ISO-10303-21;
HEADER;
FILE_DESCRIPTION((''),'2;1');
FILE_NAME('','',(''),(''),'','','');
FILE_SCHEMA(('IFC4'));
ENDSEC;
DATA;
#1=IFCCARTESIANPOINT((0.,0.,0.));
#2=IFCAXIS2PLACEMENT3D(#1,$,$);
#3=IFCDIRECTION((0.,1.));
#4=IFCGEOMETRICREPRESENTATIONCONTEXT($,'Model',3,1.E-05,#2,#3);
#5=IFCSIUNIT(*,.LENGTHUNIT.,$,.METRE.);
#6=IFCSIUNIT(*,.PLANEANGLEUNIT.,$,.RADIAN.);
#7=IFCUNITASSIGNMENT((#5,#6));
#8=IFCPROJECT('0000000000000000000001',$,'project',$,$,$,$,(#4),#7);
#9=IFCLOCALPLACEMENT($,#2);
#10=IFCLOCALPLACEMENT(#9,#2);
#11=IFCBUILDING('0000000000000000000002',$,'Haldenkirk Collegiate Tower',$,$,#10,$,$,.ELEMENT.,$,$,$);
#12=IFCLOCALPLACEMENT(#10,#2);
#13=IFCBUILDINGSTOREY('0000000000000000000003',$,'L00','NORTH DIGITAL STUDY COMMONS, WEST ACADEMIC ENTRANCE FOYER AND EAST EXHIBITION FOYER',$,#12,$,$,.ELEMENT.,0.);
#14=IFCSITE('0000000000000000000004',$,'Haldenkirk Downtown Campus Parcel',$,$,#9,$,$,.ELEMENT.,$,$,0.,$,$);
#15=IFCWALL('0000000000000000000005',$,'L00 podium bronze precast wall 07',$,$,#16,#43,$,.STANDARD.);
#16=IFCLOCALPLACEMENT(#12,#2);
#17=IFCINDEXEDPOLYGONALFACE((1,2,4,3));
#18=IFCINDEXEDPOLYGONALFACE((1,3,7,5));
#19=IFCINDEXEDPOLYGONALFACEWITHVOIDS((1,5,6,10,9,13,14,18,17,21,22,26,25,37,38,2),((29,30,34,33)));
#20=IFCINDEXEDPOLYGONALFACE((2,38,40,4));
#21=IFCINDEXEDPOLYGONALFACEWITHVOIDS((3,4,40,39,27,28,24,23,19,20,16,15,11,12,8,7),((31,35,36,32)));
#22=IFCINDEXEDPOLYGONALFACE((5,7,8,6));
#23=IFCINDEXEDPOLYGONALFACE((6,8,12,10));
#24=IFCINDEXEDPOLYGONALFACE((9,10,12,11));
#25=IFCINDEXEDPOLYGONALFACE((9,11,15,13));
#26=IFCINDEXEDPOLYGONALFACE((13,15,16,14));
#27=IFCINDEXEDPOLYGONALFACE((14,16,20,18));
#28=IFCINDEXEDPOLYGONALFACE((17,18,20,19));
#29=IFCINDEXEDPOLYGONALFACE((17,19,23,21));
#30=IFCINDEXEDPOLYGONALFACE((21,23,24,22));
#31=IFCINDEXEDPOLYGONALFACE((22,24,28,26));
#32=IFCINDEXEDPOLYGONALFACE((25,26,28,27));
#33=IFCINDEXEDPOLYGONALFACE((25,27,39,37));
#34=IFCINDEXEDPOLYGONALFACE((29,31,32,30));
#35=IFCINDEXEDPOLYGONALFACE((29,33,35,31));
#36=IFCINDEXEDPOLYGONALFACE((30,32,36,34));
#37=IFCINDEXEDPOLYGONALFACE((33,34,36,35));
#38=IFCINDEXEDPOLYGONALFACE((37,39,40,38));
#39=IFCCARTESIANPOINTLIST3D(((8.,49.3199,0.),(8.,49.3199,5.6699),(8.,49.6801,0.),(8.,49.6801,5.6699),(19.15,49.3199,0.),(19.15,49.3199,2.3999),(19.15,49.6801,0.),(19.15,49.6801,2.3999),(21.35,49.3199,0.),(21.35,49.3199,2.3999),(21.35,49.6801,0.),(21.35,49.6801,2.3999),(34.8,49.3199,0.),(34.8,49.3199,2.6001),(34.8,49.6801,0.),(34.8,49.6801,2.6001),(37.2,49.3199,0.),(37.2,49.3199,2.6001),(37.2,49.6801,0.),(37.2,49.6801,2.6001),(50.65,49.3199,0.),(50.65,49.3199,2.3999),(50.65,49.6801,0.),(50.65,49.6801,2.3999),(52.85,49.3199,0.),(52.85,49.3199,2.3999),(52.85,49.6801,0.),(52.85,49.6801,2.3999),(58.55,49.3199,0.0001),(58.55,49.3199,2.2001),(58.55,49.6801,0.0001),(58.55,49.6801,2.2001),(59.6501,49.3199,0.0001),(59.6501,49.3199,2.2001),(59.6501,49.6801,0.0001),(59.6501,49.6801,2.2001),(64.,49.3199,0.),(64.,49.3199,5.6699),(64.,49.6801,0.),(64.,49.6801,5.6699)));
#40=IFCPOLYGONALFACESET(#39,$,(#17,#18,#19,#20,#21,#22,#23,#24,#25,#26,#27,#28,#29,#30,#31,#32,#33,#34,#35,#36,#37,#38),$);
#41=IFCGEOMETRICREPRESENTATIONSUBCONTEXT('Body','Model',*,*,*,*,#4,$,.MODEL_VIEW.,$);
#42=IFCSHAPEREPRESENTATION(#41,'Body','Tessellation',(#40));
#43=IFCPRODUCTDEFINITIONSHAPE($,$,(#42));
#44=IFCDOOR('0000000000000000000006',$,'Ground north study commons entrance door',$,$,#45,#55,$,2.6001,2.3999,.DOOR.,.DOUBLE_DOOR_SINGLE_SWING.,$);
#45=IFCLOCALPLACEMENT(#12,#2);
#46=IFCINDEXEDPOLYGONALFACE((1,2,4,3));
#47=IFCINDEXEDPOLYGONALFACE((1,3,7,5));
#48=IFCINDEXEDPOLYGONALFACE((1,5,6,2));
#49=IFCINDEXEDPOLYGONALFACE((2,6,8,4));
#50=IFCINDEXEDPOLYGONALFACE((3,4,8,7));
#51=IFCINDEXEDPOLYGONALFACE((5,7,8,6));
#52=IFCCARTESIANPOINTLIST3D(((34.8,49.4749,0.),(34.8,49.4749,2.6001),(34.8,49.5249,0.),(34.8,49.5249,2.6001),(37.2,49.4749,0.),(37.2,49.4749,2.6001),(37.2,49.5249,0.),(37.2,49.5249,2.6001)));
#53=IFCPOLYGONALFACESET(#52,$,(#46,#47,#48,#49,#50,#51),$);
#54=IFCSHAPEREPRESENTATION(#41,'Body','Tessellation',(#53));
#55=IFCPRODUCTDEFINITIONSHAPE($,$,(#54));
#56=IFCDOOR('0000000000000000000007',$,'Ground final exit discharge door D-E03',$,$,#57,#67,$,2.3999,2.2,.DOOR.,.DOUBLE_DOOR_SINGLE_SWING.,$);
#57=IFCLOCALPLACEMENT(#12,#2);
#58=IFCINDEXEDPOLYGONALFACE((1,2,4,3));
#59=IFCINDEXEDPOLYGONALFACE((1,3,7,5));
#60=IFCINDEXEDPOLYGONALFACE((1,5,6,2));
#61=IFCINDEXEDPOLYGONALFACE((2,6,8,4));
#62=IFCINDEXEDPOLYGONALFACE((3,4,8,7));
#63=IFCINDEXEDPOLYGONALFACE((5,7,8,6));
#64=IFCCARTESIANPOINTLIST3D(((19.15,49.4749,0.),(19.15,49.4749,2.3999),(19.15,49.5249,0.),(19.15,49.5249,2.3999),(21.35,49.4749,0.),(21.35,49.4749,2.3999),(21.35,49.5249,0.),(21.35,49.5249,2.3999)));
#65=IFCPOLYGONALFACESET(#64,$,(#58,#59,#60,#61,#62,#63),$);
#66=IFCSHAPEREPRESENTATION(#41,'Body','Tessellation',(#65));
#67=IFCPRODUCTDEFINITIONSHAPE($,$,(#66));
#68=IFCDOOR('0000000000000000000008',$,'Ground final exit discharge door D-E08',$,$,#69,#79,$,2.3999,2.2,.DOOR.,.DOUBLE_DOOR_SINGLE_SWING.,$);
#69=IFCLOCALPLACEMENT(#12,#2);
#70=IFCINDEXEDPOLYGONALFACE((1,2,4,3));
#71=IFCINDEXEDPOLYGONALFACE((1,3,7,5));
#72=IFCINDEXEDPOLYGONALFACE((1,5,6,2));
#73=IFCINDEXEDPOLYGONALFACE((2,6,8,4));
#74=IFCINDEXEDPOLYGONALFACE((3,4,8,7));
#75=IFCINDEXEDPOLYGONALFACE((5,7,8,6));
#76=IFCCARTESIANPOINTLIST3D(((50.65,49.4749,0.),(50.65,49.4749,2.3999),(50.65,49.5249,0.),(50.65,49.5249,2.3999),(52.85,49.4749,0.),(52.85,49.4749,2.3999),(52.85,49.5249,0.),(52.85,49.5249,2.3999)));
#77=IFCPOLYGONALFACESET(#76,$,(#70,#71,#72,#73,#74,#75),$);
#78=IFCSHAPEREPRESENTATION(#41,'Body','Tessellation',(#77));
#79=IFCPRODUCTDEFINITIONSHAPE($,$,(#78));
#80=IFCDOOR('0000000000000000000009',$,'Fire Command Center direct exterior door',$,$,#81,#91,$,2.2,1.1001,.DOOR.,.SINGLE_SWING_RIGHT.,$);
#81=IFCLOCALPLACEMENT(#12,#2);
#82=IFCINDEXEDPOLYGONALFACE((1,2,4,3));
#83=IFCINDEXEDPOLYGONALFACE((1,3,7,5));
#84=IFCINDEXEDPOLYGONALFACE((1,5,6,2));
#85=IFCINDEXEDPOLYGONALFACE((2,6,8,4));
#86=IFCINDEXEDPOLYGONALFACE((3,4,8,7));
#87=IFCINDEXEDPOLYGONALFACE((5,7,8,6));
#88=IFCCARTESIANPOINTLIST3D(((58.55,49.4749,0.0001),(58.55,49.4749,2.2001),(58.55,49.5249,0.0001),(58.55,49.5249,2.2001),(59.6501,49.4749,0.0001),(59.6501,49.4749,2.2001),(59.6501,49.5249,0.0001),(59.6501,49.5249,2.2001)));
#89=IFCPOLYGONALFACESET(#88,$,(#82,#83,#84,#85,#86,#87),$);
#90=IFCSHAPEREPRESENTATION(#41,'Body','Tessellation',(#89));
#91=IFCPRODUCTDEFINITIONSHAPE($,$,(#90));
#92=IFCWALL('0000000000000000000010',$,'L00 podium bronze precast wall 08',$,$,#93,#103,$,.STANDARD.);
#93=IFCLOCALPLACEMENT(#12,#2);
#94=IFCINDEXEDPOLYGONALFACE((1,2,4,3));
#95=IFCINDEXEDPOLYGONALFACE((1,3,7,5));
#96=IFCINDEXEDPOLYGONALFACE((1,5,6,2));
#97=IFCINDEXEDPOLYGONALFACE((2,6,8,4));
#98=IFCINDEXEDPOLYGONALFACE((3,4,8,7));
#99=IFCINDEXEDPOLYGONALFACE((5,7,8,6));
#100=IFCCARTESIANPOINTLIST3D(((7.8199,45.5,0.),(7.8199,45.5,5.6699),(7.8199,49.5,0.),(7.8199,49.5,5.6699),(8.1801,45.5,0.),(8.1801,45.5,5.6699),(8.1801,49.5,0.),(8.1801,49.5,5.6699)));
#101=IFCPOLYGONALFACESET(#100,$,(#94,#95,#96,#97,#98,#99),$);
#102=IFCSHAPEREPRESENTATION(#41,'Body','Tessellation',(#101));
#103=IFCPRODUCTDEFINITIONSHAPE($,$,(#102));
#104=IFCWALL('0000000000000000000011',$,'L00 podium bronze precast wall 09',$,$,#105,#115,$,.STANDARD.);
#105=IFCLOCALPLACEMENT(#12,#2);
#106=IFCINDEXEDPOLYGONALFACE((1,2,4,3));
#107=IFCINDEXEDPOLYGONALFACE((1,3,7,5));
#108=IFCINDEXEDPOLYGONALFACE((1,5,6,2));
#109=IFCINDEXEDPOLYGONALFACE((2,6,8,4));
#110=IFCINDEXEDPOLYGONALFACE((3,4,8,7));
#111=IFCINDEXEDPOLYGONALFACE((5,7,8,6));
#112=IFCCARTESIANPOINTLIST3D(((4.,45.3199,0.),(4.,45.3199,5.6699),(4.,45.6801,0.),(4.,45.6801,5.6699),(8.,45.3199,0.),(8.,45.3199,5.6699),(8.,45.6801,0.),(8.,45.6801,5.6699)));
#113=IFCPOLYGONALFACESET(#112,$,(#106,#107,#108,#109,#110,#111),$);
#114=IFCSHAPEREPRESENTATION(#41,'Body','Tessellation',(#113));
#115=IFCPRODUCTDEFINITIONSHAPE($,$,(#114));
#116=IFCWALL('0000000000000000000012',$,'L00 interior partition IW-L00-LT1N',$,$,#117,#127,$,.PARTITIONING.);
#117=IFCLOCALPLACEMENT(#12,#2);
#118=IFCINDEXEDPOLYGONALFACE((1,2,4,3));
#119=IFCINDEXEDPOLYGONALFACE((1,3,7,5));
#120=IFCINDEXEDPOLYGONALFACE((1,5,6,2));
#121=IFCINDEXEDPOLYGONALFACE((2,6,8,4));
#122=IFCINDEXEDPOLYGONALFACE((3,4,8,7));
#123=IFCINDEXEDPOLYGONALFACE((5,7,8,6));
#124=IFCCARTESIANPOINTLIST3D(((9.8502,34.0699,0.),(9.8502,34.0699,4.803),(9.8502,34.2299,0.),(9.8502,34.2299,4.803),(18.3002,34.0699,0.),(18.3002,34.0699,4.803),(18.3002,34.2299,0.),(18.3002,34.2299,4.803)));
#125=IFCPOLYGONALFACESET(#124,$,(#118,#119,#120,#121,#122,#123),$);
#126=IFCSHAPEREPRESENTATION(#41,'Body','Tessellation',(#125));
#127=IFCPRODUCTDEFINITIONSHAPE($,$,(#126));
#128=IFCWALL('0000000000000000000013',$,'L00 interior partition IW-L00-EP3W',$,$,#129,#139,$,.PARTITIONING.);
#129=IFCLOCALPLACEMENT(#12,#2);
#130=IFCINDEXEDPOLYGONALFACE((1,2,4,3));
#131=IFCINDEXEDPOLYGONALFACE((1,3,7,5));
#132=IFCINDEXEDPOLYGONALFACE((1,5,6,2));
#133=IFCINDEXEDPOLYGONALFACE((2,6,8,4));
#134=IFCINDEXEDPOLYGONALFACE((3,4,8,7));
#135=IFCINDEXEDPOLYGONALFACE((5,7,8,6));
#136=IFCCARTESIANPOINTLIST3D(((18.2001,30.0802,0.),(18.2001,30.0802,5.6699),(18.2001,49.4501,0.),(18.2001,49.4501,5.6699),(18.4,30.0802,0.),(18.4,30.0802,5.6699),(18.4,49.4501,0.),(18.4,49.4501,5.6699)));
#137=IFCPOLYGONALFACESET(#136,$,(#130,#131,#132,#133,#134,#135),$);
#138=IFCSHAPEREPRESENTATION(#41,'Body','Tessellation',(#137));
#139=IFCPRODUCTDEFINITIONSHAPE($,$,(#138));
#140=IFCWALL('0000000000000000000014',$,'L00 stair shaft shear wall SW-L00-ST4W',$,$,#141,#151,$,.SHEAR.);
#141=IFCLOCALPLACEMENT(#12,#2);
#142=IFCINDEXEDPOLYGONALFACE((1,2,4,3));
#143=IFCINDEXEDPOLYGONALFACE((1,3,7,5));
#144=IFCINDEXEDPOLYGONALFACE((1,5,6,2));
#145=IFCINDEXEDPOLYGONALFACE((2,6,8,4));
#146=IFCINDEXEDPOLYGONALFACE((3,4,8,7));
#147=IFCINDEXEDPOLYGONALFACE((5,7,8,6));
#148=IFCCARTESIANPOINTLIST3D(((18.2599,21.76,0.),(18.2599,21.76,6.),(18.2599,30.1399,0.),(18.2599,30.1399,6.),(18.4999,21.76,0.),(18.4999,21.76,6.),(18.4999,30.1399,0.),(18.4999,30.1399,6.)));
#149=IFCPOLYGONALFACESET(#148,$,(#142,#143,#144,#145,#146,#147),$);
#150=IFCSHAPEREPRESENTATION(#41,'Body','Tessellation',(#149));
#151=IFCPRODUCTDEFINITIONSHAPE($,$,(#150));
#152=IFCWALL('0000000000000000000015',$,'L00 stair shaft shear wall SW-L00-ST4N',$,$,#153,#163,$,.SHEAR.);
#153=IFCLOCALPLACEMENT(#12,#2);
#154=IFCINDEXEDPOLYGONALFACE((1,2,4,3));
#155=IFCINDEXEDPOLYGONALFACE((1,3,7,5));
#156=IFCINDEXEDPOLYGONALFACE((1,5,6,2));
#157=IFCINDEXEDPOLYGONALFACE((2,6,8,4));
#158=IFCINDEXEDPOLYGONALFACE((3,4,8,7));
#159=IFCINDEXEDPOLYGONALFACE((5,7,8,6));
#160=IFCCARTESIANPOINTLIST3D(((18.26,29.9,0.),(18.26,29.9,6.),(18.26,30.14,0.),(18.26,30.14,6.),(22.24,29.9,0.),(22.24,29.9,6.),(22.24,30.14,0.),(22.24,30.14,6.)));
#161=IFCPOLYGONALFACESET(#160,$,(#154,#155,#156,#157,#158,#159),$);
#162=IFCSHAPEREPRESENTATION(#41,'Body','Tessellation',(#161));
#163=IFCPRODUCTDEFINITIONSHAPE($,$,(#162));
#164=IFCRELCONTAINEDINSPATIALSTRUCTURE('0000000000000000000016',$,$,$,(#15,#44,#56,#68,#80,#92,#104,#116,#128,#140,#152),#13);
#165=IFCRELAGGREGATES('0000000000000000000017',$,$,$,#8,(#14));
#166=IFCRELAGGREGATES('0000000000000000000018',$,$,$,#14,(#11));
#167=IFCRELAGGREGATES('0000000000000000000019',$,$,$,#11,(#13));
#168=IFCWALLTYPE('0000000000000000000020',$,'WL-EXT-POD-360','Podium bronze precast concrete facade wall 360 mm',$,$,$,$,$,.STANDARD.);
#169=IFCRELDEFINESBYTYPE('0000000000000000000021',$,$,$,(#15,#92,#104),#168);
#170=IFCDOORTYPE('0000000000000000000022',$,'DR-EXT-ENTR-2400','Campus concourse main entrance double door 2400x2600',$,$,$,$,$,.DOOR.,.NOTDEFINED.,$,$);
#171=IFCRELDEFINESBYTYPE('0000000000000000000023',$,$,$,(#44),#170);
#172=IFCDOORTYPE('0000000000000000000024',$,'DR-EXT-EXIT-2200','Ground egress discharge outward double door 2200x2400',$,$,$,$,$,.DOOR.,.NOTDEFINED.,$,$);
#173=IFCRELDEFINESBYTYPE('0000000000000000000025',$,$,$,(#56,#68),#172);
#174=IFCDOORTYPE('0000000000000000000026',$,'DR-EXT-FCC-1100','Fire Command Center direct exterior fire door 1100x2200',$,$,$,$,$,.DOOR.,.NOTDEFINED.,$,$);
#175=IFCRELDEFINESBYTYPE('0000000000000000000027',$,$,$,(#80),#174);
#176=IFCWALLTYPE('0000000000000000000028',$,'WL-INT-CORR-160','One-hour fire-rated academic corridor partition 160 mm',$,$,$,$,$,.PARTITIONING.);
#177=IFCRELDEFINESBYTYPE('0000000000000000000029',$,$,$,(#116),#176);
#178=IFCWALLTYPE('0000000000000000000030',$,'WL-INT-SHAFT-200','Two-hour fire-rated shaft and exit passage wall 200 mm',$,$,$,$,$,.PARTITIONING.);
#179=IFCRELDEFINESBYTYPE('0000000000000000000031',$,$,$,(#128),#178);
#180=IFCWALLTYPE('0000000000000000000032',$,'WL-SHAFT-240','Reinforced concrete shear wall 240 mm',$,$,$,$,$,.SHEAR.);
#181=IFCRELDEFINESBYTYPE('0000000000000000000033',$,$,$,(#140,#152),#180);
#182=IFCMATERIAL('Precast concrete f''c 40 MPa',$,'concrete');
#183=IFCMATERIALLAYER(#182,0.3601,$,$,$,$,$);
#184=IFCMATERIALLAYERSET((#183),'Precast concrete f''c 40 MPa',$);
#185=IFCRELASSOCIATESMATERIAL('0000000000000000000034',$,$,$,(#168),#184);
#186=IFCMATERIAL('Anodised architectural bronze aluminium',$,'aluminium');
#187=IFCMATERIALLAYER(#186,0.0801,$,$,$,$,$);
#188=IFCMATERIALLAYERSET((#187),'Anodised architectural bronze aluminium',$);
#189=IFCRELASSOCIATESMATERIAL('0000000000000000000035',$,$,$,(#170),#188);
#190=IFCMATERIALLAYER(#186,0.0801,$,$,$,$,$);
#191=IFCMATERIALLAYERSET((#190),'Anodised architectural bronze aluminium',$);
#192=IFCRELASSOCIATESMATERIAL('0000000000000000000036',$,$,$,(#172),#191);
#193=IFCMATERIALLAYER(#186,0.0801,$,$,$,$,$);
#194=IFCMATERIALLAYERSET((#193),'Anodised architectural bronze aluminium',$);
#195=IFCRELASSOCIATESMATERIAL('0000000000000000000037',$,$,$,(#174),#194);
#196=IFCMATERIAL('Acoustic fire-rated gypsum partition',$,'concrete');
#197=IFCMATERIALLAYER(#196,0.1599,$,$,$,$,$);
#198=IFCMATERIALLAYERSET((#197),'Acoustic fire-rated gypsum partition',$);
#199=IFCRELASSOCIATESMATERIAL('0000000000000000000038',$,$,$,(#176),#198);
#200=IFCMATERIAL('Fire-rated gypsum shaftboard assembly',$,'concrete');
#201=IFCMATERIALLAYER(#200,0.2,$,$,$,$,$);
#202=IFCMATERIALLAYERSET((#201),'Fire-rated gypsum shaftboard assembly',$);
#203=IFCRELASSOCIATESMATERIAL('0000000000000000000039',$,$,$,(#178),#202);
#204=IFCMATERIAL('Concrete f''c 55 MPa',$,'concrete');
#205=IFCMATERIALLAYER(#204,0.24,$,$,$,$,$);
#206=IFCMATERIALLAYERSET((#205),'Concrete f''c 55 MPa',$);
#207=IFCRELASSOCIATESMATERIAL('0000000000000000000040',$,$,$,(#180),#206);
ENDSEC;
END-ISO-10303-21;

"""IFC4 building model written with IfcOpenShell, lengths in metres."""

from ifc_helpers import new_model, si_unit, direction, frame, frame_2d, origin, place, context, subcontext, project, spatial, rectangle, extrude, material, layer, layer_set, type_object, element, fill, save


model = new_model("IFC4")

# Units and contexts
model_context = context("Model", 3, precision=1e-05, world=origin(), true_north=direction((0.0, 1.0)))
body_context = subcontext(model_context, "Body", "Model", "MODEL_VIEW")
ifc_project = project(units=[si_unit("LENGTHUNIT", "METRE"), si_unit("PLANEANGLEUNIT", "RADIAN")], contexts=[model_context])

# Site, building, storey
site_placement = place(None, origin())
site = spatial("IfcSite", under=ifc_project, at=site_placement, Name="Haldenkirk Downtown Campus Parcel", CompositionType="ELEMENT", RefElevation=0.0)
building_placement = place(site_placement, origin())
building = spatial("IfcBuilding", under=site, at=building_placement, Name="Haldenkirk Collegiate Tower", CompositionType="ELEMENT")
storey_placement = place(building_placement, origin())
storey = spatial("IfcBuildingStorey", under=building, at=storey_placement, Name="L00", Description="NORTH DIGITAL STUDY COMMONS, WEST ACADEMIC ENTRANCE FOYER AND EAST EXHIBITION FOYER", CompositionType="ELEMENT", Elevation=0.0)

# Shared definitions
ifc_material_1 = material(Name="Concrete f'c 55 MPa", Category="concrete")

# Wall, openings, doors
ifc_material_2 = material(Name="Precast concrete f'c 40 MPa", Category="concrete")
ifc_layer_1 = layer(ifc_material_2, 0.3601)
ifc_layer_set_1 = layer_set([ifc_layer_1], Name="Precast concrete f'c 40 MPa")
wall_type_1 = type_object("IfcWallType", Name="WL-EXT-POD-360", Description="Podium bronze precast concrete facade wall 360 mm", PredefinedType="STANDARD", material=ifc_layer_set_1)
wall_1_placement = place(storey_placement, frame((8.0, 49.5, 0.0), z_axis=(0.0, 0.0, 1.0), x_axis=(1.0, 0.0, 0.0)))
wall_1 = element("IfcWall", 1, at=wall_1_placement, inside=storey, type_object=wall_type_1, Name="L00 podium bronze precast wall 07", PredefinedType="STANDARD", context=body_context, shape_type="SweptSolid", body=[
    extrude(rectangle(XDim=56.0, YDim=0.3601, at=frame_2d((28.0, 0.0))), origin(), (0.0, 0.0, 1.0), 5.6699),
])
opening_1_placement = place(wall_1_placement, frame((11.1499, 0.0, 0.0)))
opening_1 = element("IfcOpeningElement", 2, at=opening_1_placement, cuts=wall_1, PredefinedType="OPENING", context=body_context, shape_type="SweptSolid", body=[
    extrude(rectangle(XDim=2.2, YDim=2.3999, at=frame_2d((1.1001, 1.2))), frame((0.0, 0.1899, 0.0), z_axis=(0.0, -1.0, 0.0), x_axis=(1.0, 0.0, 0.0)), (0.0, 0.0, 1.0), 0.3801),
])
opening_2_placement = place(wall_1_placement, frame((42.6499, 0.0, 0.0)))
opening_2 = element("IfcOpeningElement", 3, at=opening_2_placement, cuts=wall_1, PredefinedType="OPENING", context=body_context, shape_type="SweptSolid", body=[
    extrude(rectangle(XDim=2.2, YDim=2.3999, at=frame_2d((1.1001, 1.2))), frame((0.0, 0.1899, 0.0), z_axis=(0.0, -1.0, 0.0), x_axis=(1.0, 0.0, 0.0)), (0.0, 0.0, 1.0), 0.3801),
])
opening_3_placement = place(wall_1_placement, frame((26.8, 0.0, 0.0)))
opening_3 = element("IfcOpeningElement", 4, at=opening_3_placement, cuts=wall_1, PredefinedType="OPENING", context=body_context, shape_type="SweptSolid", body=[
    extrude(rectangle(XDim=2.3999, YDim=2.6001, at=frame_2d((1.2, 1.3))), frame((0.0, 0.1899, 0.0), z_axis=(0.0, -1.0, 0.0), x_axis=(1.0, 0.0, 0.0)), (0.0, 0.0, 1.0), 0.3801),
])
opening_4_placement = place(wall_1_placement, frame((50.55, 0.0, 0.0)))
opening_4 = element("IfcOpeningElement", 5, at=opening_4_placement, cuts=wall_1, PredefinedType="OPENING", context=body_context, shape_type="SweptSolid", body=[
    extrude(rectangle(XDim=1.1001, YDim=2.2, at=frame_2d((0.55, 1.1001))), frame((0.0, 0.1899, 0.0), z_axis=(0.0, -1.0, 0.0), x_axis=(1.0, 0.0, 0.0)), (0.0, 0.0, 1.0), 0.3801),
])
ifc_material_3 = material(Name="Anodised architectural bronze aluminium", Category="aluminium")
ifc_layer_2 = layer(ifc_material_3, 0.0801)
ifc_layer_set_2 = layer_set([ifc_layer_2], Name="Anodised architectural bronze aluminium")
door_type_1 = type_object("IfcDoorType", Name="DR-EXT-ENTR-2400", Description="Campus concourse main entrance double door 2400x2600", OperationType="NOTDEFINED", PredefinedType="DOOR", material=ifc_layer_set_2)
door_1_placement = place(opening_3_placement, origin())
door_1 = element("IfcDoor", 6, at=door_1_placement, inside=storey, type_object=door_type_1, Name="Ground north study commons entrance door", OperationType="DOUBLE_DOOR_SINGLE_SWING", OverallHeight=2.6001, OverallWidth=2.3999, PredefinedType="DOOR", context=body_context, shape_type="SweptSolid", body=[
    extrude(rectangle(XDim=2.3999, YDim=2.6001, at=frame_2d((1.2, 1.3))), frame((0.0, 0.0249, 0.0), z_axis=(0.0, -1.0, 0.0), x_axis=(1.0, 0.0, 0.0)), (0.0, 0.0, 1.0), 0.05),
])
fill(opening_3, door_1)
ifc_layer_3 = layer(ifc_material_3, 0.0801)
ifc_layer_set_3 = layer_set([ifc_layer_3], Name="Anodised architectural bronze aluminium")
door_type_2 = type_object("IfcDoorType", Name="DR-EXT-EXIT-2200", Description="Ground egress discharge outward double door 2200x2400", OperationType="NOTDEFINED", PredefinedType="DOOR", material=ifc_layer_set_3)
door_2_placement = place(opening_1_placement, origin())
door_2 = element("IfcDoor", 7, at=door_2_placement, inside=storey, type_object=door_type_2, Name="Ground final exit discharge door D-E03", OperationType="DOUBLE_DOOR_SINGLE_SWING", OverallHeight=2.3999, OverallWidth=2.2, PredefinedType="DOOR", context=body_context, shape_type="SweptSolid", body=[
    extrude(rectangle(XDim=2.2, YDim=2.3999, at=frame_2d((1.1001, 1.2))), frame((0.0, 0.0249, 0.0), z_axis=(0.0, -1.0, 0.0), x_axis=(1.0, 0.0, 0.0)), (0.0, 0.0, 1.0), 0.05),
])
fill(opening_1, door_2)
door_3_placement = place(opening_2_placement, origin())
door_3 = element("IfcDoor", 8, at=door_3_placement, inside=storey, type_object=door_type_2, Name="Ground final exit discharge door D-E08", OperationType="DOUBLE_DOOR_SINGLE_SWING", OverallHeight=2.3999, OverallWidth=2.2, PredefinedType="DOOR", context=body_context, shape_type="SweptSolid", body=[
    extrude(rectangle(XDim=2.2, YDim=2.3999, at=frame_2d((1.1001, 1.2))), frame((0.0, 0.0249, 0.0), z_axis=(0.0, -1.0, 0.0), x_axis=(1.0, 0.0, 0.0)), (0.0, 0.0, 1.0), 0.05),
])
fill(opening_2, door_3)
ifc_layer_4 = layer(ifc_material_3, 0.0801)
ifc_layer_set_4 = layer_set([ifc_layer_4], Name="Anodised architectural bronze aluminium")
door_type_3 = type_object("IfcDoorType", Name="DR-EXT-FCC-1100", Description="Fire Command Center direct exterior fire door 1100x2200", OperationType="NOTDEFINED", PredefinedType="DOOR", material=ifc_layer_set_4)
door_4_placement = place(opening_4_placement, origin())
door_4 = element("IfcDoor", 9, at=door_4_placement, inside=storey, type_object=door_type_3, Name="Fire Command Center direct exterior door", OperationType="SINGLE_SWING_RIGHT", OverallHeight=2.2, OverallWidth=1.1001, PredefinedType="DOOR", context=body_context, shape_type="SweptSolid", body=[
    extrude(rectangle(XDim=1.1001, YDim=2.2, at=frame_2d((0.55, 1.1001))), frame((0.0, 0.0249, 0.0), z_axis=(0.0, -1.0, 0.0), x_axis=(1.0, 0.0, 0.0)), (0.0, 0.0, 1.0), 0.05),
])
fill(opening_4, door_4)

# Walls
for number, where, z_axis, x_axis, name in (
    (10, (8.0, 45.5, 0.0), (0.0, 0.0, 1.0), (0.0, 1.0, 0.0), "L00 podium bronze precast wall 08"),
    (11, (4.0, 45.5, 0.0), (0.0, 0.0, 1.0), (1.0, 0.0, 0.0), "L00 podium bronze precast wall 09"),
):
    element("IfcWall", number, at=place(storey_placement, frame(where, z_axis=z_axis, x_axis=x_axis)), inside=storey, type_object=wall_type_1, Name=name, PredefinedType="STANDARD", context=body_context, shape_type="SweptSolid", body=[
        extrude(rectangle(XDim=4.0, YDim=0.3601, at=frame_2d((2.0, 0.0))), origin(), (0.0, 0.0, 1.0), 5.6699),
    ])
ifc_material_4 = material(Name="Acoustic fire-rated gypsum partition", Category="concrete")
ifc_layer_5 = layer(ifc_material_4, 0.1599)
ifc_layer_set_5 = layer_set([ifc_layer_5], Name="Acoustic fire-rated gypsum partition")
wall_type_2 = type_object("IfcWallType", Name="WL-INT-CORR-160", Description="One-hour fire-rated academic corridor partition 160 mm", PredefinedType="PARTITIONING", material=ifc_layer_set_5)
wall_2_placement = place(storey_placement, frame((9.8501, 34.1499, 0.0), z_axis=(0.0, 0.0, 1.0), x_axis=(1.0, 0.0, 0.0)))
element("IfcWall", 12, at=wall_2_placement, inside=storey, type_object=wall_type_2, Name="L00 interior partition IW-L00-LT1N", PredefinedType="PARTITIONING", context=body_context, shape_type="SweptSolid", body=[
    extrude(rectangle(XDim=8.45, YDim=0.1599, at=frame_2d((4.2251, 0.0))), origin(), (0.0, 0.0, 1.0), 4.803),
])
ifc_material_5 = material(Name="Fire-rated gypsum shaftboard assembly", Category="concrete")
ifc_layer_6 = layer(ifc_material_5, 0.2)
ifc_layer_set_6 = layer_set([ifc_layer_6], Name="Fire-rated gypsum shaftboard assembly")
wall_type_3 = type_object("IfcWallType", Name="WL-INT-SHAFT-200", Description="Two-hour fire-rated shaft and exit passage wall 200 mm", PredefinedType="PARTITIONING", material=ifc_layer_set_6)
wall_3_placement = place(storey_placement, frame((18.3, 30.0801, 0.0), z_axis=(0.0, 0.0, 1.0), x_axis=(0.0, 1.0, 0.0)))
element("IfcWall", 13, at=wall_3_placement, inside=storey, type_object=wall_type_3, Name="L00 interior partition IW-L00-EP3W", PredefinedType="PARTITIONING", context=body_context, shape_type="SweptSolid", body=[
    extrude(rectangle(XDim=19.3699, YDim=0.2, at=frame_2d((9.6851, 0.0))), origin(), (0.0, 0.0, 1.0), 5.6699),
])
ifc_layer_7 = layer(ifc_material_1, 0.24)
ifc_layer_set_7 = layer_set([ifc_layer_7], Name="Concrete f'c 55 MPa")
wall_type_4 = type_object("IfcWallType", Name="WL-SHAFT-240", Description="Reinforced concrete shear wall 240 mm", PredefinedType="SHEAR", material=ifc_layer_set_7)
wall_4_placement = place(storey_placement, frame((18.3799, 21.76, 0.0), z_axis=(0.0, 0.0, 1.0), x_axis=(0.0, 1.0, 0.0)))
element("IfcWall", 14, at=wall_4_placement, inside=storey, type_object=wall_type_4, Name="L00 stair shaft shear wall SW-L00-ST4W", PredefinedType="SHEAR", context=body_context, shape_type="SweptSolid", body=[
    extrude(rectangle(XDim=8.3799, YDim=0.24, at=frame_2d((4.1899, 0.0))), origin(), (0.0, 0.0, 1.0), 6.0),
])

# Wall
wall_5_placement = place(storey_placement, frame((18.26, 30.02, 0.0), z_axis=(0.0, 0.0, 1.0), x_axis=(1.0, 0.0, 0.0)))
element("IfcWall", 15, at=wall_5_placement, inside=storey, type_object=wall_type_4, Name="L00 stair shaft shear wall SW-L00-ST4N", PredefinedType="SHEAR", context=body_context, shape_type="SweptSolid", body=[
    extrude(rectangle(XDim=3.98, YDim=0.24, at=frame_2d((1.99, 0.0))), origin(), (0.0, 0.0, 1.0), 6.0),
])

save(model, "model.ifc")
